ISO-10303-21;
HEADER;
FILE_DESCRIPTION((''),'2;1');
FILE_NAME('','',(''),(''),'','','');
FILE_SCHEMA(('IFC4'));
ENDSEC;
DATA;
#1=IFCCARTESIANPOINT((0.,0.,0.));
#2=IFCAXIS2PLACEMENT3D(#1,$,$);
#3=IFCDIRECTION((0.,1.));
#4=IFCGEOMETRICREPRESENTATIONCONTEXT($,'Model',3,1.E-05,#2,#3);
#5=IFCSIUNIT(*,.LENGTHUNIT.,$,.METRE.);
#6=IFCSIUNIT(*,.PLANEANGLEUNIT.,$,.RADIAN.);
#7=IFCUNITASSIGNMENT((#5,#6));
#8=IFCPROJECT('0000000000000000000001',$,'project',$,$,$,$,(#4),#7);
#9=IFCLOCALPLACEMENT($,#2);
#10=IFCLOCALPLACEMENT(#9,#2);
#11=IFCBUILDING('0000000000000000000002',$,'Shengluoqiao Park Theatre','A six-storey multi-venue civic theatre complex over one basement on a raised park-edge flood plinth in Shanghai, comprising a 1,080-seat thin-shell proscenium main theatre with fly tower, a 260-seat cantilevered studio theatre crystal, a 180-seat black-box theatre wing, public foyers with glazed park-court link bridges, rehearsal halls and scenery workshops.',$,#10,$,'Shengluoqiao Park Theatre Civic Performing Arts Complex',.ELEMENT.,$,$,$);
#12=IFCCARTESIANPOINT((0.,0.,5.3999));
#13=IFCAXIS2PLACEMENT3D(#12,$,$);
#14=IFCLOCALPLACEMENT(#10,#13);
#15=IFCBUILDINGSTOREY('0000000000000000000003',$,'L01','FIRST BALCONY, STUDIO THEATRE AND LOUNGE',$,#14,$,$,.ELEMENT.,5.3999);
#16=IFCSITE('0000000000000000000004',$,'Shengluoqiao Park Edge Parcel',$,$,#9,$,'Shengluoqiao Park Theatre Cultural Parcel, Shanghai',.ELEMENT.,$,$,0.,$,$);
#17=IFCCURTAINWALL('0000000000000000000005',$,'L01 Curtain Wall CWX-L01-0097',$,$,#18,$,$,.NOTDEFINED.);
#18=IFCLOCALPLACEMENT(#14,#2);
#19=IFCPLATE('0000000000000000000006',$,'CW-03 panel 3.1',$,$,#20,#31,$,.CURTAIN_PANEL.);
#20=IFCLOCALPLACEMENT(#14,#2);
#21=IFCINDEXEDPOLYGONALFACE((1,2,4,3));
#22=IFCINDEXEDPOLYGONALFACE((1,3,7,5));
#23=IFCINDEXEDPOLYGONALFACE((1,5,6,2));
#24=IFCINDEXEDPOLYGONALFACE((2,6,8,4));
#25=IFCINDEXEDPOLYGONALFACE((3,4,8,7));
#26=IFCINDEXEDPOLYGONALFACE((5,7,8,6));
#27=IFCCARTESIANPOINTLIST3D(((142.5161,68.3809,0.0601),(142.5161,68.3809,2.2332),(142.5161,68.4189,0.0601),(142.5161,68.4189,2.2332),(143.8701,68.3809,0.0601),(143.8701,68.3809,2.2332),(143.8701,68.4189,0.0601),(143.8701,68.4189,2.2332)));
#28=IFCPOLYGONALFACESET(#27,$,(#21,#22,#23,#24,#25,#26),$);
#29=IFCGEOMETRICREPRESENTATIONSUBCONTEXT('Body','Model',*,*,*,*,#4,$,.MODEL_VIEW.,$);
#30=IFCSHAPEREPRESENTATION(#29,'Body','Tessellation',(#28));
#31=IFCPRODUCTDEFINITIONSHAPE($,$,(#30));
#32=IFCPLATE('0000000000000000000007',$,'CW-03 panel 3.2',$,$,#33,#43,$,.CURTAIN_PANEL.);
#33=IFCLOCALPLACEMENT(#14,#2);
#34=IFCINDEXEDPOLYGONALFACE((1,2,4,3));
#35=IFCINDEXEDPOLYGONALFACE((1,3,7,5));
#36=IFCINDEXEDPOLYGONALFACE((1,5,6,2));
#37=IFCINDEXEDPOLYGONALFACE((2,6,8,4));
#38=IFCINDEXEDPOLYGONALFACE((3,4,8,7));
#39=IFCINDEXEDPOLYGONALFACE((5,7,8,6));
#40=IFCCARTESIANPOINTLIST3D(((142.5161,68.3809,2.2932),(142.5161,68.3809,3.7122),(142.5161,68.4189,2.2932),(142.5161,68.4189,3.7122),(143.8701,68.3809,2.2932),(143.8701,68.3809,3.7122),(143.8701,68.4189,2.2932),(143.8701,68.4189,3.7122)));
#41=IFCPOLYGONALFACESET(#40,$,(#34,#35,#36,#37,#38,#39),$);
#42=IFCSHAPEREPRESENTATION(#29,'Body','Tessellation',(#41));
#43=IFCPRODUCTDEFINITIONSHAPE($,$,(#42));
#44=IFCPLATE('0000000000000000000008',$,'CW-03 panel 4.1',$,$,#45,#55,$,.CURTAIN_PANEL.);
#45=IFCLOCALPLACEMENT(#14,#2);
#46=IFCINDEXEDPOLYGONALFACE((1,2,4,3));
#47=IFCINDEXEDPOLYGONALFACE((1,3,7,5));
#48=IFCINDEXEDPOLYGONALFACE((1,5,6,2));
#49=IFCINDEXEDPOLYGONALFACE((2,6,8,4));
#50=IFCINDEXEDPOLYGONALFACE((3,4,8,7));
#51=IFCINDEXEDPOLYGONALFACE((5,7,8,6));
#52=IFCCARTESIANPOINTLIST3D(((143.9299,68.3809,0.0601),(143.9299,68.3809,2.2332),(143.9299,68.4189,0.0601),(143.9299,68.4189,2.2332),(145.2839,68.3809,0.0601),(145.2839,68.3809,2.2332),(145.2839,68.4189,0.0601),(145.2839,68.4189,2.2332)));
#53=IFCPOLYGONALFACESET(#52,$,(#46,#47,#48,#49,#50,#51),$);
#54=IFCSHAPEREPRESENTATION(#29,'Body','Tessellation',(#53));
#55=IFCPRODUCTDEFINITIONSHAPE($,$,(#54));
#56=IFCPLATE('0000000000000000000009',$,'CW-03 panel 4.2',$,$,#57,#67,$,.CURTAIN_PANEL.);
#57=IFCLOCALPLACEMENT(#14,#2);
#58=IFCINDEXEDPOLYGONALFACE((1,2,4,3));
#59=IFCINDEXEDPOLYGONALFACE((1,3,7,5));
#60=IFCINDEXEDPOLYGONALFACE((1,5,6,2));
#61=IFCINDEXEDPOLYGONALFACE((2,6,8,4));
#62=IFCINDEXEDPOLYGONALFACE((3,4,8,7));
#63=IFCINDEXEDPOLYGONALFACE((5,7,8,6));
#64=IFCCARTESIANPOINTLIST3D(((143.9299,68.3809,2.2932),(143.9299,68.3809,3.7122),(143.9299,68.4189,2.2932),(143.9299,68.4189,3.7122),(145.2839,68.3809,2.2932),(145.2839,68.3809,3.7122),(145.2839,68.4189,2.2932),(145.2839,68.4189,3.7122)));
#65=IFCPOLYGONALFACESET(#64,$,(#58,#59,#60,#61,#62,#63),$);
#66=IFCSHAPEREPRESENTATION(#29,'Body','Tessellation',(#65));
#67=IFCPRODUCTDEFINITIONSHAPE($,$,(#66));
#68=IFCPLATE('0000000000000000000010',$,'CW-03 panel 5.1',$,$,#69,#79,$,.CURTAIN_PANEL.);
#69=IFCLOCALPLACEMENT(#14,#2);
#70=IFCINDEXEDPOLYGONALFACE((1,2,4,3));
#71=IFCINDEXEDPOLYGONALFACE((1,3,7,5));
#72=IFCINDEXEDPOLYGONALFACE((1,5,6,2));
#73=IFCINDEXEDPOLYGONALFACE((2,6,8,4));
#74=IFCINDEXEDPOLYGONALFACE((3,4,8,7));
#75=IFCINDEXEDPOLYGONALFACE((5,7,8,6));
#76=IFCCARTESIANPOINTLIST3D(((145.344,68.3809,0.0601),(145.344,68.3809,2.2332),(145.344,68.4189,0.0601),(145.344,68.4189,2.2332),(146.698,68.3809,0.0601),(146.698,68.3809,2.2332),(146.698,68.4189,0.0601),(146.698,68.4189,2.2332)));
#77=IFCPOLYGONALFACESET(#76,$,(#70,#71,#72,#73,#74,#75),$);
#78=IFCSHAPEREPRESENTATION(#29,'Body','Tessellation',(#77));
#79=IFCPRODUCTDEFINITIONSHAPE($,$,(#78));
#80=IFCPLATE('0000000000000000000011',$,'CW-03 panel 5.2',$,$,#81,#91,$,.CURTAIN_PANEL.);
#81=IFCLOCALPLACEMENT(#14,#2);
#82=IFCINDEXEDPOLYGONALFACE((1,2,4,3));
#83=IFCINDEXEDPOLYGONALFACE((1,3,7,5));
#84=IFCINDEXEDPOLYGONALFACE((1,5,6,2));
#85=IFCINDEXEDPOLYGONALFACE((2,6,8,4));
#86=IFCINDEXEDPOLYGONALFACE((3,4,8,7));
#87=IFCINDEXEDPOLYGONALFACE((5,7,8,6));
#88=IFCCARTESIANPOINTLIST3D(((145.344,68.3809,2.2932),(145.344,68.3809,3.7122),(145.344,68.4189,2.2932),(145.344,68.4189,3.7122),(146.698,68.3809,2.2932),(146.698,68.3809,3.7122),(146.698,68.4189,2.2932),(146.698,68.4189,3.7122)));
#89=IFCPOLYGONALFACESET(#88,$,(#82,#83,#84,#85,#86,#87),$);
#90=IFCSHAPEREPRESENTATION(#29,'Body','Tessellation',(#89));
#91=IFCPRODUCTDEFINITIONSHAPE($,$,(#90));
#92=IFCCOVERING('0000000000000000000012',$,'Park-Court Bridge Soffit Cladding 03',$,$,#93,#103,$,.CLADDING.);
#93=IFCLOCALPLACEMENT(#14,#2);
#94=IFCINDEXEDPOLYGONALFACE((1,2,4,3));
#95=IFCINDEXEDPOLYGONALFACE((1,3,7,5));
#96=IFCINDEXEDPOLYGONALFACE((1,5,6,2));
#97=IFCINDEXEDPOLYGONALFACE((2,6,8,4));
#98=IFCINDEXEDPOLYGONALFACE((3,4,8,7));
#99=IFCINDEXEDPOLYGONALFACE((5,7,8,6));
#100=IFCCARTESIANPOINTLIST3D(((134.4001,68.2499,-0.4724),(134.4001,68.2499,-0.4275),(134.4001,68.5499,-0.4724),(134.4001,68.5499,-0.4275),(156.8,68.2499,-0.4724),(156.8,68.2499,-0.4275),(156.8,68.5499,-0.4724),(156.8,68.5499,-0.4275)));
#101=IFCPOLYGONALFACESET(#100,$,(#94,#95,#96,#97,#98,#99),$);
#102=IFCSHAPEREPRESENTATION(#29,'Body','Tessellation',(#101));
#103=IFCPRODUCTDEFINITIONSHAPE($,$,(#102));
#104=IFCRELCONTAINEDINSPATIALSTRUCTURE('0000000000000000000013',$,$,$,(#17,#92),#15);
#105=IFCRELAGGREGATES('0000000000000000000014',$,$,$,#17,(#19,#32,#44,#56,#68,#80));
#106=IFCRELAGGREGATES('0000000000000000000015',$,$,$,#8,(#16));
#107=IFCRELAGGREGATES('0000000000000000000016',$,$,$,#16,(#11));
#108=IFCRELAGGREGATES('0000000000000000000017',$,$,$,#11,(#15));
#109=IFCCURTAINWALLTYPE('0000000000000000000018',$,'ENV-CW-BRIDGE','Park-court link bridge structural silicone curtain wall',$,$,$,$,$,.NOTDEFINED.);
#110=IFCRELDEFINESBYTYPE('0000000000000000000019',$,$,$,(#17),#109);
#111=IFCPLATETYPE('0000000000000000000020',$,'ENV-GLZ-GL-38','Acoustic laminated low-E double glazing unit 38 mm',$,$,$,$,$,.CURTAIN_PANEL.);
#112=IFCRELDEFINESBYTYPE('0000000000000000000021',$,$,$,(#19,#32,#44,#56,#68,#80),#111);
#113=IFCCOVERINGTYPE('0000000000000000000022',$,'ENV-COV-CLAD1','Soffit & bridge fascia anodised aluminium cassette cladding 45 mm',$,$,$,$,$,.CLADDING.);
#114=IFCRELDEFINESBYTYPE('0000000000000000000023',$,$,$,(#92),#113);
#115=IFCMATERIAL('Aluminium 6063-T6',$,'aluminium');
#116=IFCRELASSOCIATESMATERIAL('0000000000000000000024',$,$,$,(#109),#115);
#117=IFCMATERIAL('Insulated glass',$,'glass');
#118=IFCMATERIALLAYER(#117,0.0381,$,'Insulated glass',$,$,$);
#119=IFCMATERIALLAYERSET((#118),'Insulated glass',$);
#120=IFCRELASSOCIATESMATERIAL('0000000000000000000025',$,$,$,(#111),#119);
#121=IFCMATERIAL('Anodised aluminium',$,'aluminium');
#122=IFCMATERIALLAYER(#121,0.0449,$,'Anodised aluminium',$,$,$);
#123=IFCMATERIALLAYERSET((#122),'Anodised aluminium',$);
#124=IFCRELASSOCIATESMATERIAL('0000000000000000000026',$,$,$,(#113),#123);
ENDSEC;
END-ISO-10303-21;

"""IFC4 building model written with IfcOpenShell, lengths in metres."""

from ifc_helpers import new_model, si_unit, direction, frame, origin, origin_2d, place, context, subcontext, project, spatial, rectangle, extrude, material, layer, layer_set, type_object, element, aggregate, save


model = new_model("IFC4")

# Units and contexts
model_context = context("Model", 3, precision=1e-05, world=origin(), true_north=direction((0.0, 1.0)))
body_context = subcontext(model_context, "Body", "Model", "MODEL_VIEW")
ifc_project = project(units=[si_unit("LENGTHUNIT", "METRE"), si_unit("PLANEANGLEUNIT", "RADIAN")], contexts=[model_context])

# Site, building, storey
site_placement = place(None, origin())
site = spatial("IfcSite", under=ifc_project, at=site_placement, Name="Shengluoqiao Park Edge Parcel", LongName="Shengluoqiao Park Theatre Cultural Parcel, Shanghai", CompositionType="ELEMENT", RefElevation=0.0)
building_placement = place(site_placement, origin())
building = spatial("IfcBuilding", under=site, at=building_placement, Name="Shengluoqiao Park Theatre", Description="A six-storey multi-venue civic theatre complex over one basement on a raised park-edge flood plinth in Shanghai, comprising a 1,080-seat thin-shell proscenium main theatre with fly tower, a 260-seat cantilevered studio theatre crystal, a 180-seat black-box theatre wing, public foyers with glazed park-court link bridges, rehearsal halls and scenery workshops.", LongName="Shengluoqiao Park Theatre Civic Performing Arts Complex", CompositionType="ELEMENT")
storey_placement = place(building_placement, frame((0.0, 0.0, 5.3999)))
storey = spatial("IfcBuildingStorey", under=building, at=storey_placement, Name="L01", Description="FIRST BALCONY, STUDIO THEATRE AND LOUNGE", CompositionType="ELEMENT", Elevation=5.3999)

# Curtain wall, plates
ifc_material_1 = material(Name="Aluminium 6063-T6", Category="aluminium")
curtain_wall_type = type_object("IfcCurtainWallType", Name="ENV-CW-BRIDGE", Description="Park-court link bridge structural silicone curtain wall", PredefinedType="NOTDEFINED", material=ifc_material_1)
curtain_wall_placement = place(storey_placement, origin())
curtain_wall = element("IfcCurtainWall", 1, at=curtain_wall_placement, inside=storey, type_object=curtain_wall_type, Name="L01 Curtain Wall CWX-L01-0097", PredefinedType="NOTDEFINED")
ifc_material_2 = material(Name="Insulated glass", Category="glass")
ifc_layer_1 = layer(ifc_material_2, 0.0381, Name="Insulated glass")
ifc_layer_set_1 = layer_set([ifc_layer_1], Name="Insulated glass")
plate_type = type_object("IfcPlateType", Name="ENV-GLZ-GL-38", Description="Acoustic laminated low-E double glazing unit 38 mm", PredefinedType="CURTAIN_PANEL", material=ifc_layer_set_1)
plate_1_placement = place(storey_placement, frame((143.1931, 68.3999, 0.0601), z_axis=(0.0, 0.0, 1.0), x_axis=(1.0, 0.0, 0.0)))
plate_1 = element("IfcPlate", 2, at=plate_1_placement, type_object=plate_type, Name="CW-03 panel 3.1", PredefinedType="CURTAIN_PANEL", context=body_context, shape_type="SweptSolid", body=[
    extrude(rectangle(XDim=1.354, YDim=0.0381, at=origin_2d()), origin(), (0.0, 0.0, 1.0), 2.1731),
])
plate_2_placement = place(storey_placement, frame((143.1931, 68.3999, 2.2932), z_axis=(0.0, 0.0, 1.0), x_axis=(1.0, 0.0, 0.0)))
plate_2 = element("IfcPlate", 3, at=plate_2_placement, type_object=plate_type, Name="CW-03 panel 3.2", PredefinedType="CURTAIN_PANEL", context=body_context, shape_type="SweptSolid", body=[
    extrude(rectangle(XDim=1.354, YDim=0.0381, at=origin_2d()), origin(), (0.0, 0.0, 1.0), 1.4189),
])
plate_3_placement = place(storey_placement, frame((144.6069, 68.3999, 0.0601), z_axis=(0.0, 0.0, 1.0), x_axis=(1.0, 0.0, 0.0)))
plate_3 = element("IfcPlate", 4, at=plate_3_placement, type_object=plate_type, Name="CW-03 panel 4.1", PredefinedType="CURTAIN_PANEL", context=body_context, shape_type="SweptSolid", body=[
    extrude(rectangle(XDim=1.354, YDim=0.0381, at=origin_2d()), origin(), (0.0, 0.0, 1.0), 2.1731),
])
plate_4_placement = place(storey_placement, frame((144.6069, 68.3999, 2.2932), z_axis=(0.0, 0.0, 1.0), x_axis=(1.0, 0.0, 0.0)))
plate_4 = element("IfcPlate", 5, at=plate_4_placement, type_object=plate_type, Name="CW-03 panel 4.2", PredefinedType="CURTAIN_PANEL", context=body_context, shape_type="SweptSolid", body=[
    extrude(rectangle(XDim=1.354, YDim=0.0381, at=origin_2d()), origin(), (0.0, 0.0, 1.0), 1.4189),
])
plate_5_placement = place(storey_placement, frame((146.021, 68.3999, 0.0601), z_axis=(0.0, 0.0, 1.0), x_axis=(1.0, 0.0, 0.0)))
plate_5 = element("IfcPlate", 6, at=plate_5_placement, type_object=plate_type, Name="CW-03 panel 5.1", PredefinedType="CURTAIN_PANEL", context=body_context, shape_type="SweptSolid", body=[
    extrude(rectangle(XDim=1.354, YDim=0.0381, at=origin_2d()), origin(), (0.0, 0.0, 1.0), 2.1731),
])
plate_6_placement = place(storey_placement, frame((146.021, 68.3999, 2.2932), z_axis=(0.0, 0.0, 1.0), x_axis=(1.0, 0.0, 0.0)))
plate_6 = element("IfcPlate", 7, at=plate_6_placement, type_object=plate_type, Name="CW-03 panel 5.2", PredefinedType="CURTAIN_PANEL", context=body_context, shape_type="SweptSolid", body=[
    extrude(rectangle(XDim=1.354, YDim=0.0381, at=origin_2d()), origin(), (0.0, 0.0, 1.0), 1.4189),
])
aggregate(curtain_wall, [plate_1, plate_2, plate_3, plate_4, plate_5, plate_6])

# Covering
ifc_material_3 = material(Name="Anodised aluminium", Category="aluminium")
ifc_layer_2 = layer(ifc_material_3, 0.0449, Name="Anodised aluminium")
ifc_layer_set_2 = layer_set([ifc_layer_2], Name="Anodised aluminium")
covering_type = type_object("IfcCoveringType", Name="ENV-COV-CLAD1", Description="Soffit & bridge fascia anodised aluminium cassette cladding 45 mm", PredefinedType="CLADDING", material=ifc_layer_set_2)
covering_placement = place(storey_placement, frame((145.6001, 68.3999, -0.4724), z_axis=(0.0, 0.0, 1.0), x_axis=(1.0, 0.0, 0.0)))
element("IfcCovering", 8, at=covering_placement, inside=storey, type_object=covering_type, Name="Park-Court Bridge Soffit Cladding 03", PredefinedType="CLADDING", context=body_context, shape_type="SweptSolid", body=[
    extrude(rectangle(XDim=22.3999, YDim=0.3, at=origin_2d()), origin(), (0.0, 0.0, 1.0), 0.0449),
])

save(model, "model.ifc")
